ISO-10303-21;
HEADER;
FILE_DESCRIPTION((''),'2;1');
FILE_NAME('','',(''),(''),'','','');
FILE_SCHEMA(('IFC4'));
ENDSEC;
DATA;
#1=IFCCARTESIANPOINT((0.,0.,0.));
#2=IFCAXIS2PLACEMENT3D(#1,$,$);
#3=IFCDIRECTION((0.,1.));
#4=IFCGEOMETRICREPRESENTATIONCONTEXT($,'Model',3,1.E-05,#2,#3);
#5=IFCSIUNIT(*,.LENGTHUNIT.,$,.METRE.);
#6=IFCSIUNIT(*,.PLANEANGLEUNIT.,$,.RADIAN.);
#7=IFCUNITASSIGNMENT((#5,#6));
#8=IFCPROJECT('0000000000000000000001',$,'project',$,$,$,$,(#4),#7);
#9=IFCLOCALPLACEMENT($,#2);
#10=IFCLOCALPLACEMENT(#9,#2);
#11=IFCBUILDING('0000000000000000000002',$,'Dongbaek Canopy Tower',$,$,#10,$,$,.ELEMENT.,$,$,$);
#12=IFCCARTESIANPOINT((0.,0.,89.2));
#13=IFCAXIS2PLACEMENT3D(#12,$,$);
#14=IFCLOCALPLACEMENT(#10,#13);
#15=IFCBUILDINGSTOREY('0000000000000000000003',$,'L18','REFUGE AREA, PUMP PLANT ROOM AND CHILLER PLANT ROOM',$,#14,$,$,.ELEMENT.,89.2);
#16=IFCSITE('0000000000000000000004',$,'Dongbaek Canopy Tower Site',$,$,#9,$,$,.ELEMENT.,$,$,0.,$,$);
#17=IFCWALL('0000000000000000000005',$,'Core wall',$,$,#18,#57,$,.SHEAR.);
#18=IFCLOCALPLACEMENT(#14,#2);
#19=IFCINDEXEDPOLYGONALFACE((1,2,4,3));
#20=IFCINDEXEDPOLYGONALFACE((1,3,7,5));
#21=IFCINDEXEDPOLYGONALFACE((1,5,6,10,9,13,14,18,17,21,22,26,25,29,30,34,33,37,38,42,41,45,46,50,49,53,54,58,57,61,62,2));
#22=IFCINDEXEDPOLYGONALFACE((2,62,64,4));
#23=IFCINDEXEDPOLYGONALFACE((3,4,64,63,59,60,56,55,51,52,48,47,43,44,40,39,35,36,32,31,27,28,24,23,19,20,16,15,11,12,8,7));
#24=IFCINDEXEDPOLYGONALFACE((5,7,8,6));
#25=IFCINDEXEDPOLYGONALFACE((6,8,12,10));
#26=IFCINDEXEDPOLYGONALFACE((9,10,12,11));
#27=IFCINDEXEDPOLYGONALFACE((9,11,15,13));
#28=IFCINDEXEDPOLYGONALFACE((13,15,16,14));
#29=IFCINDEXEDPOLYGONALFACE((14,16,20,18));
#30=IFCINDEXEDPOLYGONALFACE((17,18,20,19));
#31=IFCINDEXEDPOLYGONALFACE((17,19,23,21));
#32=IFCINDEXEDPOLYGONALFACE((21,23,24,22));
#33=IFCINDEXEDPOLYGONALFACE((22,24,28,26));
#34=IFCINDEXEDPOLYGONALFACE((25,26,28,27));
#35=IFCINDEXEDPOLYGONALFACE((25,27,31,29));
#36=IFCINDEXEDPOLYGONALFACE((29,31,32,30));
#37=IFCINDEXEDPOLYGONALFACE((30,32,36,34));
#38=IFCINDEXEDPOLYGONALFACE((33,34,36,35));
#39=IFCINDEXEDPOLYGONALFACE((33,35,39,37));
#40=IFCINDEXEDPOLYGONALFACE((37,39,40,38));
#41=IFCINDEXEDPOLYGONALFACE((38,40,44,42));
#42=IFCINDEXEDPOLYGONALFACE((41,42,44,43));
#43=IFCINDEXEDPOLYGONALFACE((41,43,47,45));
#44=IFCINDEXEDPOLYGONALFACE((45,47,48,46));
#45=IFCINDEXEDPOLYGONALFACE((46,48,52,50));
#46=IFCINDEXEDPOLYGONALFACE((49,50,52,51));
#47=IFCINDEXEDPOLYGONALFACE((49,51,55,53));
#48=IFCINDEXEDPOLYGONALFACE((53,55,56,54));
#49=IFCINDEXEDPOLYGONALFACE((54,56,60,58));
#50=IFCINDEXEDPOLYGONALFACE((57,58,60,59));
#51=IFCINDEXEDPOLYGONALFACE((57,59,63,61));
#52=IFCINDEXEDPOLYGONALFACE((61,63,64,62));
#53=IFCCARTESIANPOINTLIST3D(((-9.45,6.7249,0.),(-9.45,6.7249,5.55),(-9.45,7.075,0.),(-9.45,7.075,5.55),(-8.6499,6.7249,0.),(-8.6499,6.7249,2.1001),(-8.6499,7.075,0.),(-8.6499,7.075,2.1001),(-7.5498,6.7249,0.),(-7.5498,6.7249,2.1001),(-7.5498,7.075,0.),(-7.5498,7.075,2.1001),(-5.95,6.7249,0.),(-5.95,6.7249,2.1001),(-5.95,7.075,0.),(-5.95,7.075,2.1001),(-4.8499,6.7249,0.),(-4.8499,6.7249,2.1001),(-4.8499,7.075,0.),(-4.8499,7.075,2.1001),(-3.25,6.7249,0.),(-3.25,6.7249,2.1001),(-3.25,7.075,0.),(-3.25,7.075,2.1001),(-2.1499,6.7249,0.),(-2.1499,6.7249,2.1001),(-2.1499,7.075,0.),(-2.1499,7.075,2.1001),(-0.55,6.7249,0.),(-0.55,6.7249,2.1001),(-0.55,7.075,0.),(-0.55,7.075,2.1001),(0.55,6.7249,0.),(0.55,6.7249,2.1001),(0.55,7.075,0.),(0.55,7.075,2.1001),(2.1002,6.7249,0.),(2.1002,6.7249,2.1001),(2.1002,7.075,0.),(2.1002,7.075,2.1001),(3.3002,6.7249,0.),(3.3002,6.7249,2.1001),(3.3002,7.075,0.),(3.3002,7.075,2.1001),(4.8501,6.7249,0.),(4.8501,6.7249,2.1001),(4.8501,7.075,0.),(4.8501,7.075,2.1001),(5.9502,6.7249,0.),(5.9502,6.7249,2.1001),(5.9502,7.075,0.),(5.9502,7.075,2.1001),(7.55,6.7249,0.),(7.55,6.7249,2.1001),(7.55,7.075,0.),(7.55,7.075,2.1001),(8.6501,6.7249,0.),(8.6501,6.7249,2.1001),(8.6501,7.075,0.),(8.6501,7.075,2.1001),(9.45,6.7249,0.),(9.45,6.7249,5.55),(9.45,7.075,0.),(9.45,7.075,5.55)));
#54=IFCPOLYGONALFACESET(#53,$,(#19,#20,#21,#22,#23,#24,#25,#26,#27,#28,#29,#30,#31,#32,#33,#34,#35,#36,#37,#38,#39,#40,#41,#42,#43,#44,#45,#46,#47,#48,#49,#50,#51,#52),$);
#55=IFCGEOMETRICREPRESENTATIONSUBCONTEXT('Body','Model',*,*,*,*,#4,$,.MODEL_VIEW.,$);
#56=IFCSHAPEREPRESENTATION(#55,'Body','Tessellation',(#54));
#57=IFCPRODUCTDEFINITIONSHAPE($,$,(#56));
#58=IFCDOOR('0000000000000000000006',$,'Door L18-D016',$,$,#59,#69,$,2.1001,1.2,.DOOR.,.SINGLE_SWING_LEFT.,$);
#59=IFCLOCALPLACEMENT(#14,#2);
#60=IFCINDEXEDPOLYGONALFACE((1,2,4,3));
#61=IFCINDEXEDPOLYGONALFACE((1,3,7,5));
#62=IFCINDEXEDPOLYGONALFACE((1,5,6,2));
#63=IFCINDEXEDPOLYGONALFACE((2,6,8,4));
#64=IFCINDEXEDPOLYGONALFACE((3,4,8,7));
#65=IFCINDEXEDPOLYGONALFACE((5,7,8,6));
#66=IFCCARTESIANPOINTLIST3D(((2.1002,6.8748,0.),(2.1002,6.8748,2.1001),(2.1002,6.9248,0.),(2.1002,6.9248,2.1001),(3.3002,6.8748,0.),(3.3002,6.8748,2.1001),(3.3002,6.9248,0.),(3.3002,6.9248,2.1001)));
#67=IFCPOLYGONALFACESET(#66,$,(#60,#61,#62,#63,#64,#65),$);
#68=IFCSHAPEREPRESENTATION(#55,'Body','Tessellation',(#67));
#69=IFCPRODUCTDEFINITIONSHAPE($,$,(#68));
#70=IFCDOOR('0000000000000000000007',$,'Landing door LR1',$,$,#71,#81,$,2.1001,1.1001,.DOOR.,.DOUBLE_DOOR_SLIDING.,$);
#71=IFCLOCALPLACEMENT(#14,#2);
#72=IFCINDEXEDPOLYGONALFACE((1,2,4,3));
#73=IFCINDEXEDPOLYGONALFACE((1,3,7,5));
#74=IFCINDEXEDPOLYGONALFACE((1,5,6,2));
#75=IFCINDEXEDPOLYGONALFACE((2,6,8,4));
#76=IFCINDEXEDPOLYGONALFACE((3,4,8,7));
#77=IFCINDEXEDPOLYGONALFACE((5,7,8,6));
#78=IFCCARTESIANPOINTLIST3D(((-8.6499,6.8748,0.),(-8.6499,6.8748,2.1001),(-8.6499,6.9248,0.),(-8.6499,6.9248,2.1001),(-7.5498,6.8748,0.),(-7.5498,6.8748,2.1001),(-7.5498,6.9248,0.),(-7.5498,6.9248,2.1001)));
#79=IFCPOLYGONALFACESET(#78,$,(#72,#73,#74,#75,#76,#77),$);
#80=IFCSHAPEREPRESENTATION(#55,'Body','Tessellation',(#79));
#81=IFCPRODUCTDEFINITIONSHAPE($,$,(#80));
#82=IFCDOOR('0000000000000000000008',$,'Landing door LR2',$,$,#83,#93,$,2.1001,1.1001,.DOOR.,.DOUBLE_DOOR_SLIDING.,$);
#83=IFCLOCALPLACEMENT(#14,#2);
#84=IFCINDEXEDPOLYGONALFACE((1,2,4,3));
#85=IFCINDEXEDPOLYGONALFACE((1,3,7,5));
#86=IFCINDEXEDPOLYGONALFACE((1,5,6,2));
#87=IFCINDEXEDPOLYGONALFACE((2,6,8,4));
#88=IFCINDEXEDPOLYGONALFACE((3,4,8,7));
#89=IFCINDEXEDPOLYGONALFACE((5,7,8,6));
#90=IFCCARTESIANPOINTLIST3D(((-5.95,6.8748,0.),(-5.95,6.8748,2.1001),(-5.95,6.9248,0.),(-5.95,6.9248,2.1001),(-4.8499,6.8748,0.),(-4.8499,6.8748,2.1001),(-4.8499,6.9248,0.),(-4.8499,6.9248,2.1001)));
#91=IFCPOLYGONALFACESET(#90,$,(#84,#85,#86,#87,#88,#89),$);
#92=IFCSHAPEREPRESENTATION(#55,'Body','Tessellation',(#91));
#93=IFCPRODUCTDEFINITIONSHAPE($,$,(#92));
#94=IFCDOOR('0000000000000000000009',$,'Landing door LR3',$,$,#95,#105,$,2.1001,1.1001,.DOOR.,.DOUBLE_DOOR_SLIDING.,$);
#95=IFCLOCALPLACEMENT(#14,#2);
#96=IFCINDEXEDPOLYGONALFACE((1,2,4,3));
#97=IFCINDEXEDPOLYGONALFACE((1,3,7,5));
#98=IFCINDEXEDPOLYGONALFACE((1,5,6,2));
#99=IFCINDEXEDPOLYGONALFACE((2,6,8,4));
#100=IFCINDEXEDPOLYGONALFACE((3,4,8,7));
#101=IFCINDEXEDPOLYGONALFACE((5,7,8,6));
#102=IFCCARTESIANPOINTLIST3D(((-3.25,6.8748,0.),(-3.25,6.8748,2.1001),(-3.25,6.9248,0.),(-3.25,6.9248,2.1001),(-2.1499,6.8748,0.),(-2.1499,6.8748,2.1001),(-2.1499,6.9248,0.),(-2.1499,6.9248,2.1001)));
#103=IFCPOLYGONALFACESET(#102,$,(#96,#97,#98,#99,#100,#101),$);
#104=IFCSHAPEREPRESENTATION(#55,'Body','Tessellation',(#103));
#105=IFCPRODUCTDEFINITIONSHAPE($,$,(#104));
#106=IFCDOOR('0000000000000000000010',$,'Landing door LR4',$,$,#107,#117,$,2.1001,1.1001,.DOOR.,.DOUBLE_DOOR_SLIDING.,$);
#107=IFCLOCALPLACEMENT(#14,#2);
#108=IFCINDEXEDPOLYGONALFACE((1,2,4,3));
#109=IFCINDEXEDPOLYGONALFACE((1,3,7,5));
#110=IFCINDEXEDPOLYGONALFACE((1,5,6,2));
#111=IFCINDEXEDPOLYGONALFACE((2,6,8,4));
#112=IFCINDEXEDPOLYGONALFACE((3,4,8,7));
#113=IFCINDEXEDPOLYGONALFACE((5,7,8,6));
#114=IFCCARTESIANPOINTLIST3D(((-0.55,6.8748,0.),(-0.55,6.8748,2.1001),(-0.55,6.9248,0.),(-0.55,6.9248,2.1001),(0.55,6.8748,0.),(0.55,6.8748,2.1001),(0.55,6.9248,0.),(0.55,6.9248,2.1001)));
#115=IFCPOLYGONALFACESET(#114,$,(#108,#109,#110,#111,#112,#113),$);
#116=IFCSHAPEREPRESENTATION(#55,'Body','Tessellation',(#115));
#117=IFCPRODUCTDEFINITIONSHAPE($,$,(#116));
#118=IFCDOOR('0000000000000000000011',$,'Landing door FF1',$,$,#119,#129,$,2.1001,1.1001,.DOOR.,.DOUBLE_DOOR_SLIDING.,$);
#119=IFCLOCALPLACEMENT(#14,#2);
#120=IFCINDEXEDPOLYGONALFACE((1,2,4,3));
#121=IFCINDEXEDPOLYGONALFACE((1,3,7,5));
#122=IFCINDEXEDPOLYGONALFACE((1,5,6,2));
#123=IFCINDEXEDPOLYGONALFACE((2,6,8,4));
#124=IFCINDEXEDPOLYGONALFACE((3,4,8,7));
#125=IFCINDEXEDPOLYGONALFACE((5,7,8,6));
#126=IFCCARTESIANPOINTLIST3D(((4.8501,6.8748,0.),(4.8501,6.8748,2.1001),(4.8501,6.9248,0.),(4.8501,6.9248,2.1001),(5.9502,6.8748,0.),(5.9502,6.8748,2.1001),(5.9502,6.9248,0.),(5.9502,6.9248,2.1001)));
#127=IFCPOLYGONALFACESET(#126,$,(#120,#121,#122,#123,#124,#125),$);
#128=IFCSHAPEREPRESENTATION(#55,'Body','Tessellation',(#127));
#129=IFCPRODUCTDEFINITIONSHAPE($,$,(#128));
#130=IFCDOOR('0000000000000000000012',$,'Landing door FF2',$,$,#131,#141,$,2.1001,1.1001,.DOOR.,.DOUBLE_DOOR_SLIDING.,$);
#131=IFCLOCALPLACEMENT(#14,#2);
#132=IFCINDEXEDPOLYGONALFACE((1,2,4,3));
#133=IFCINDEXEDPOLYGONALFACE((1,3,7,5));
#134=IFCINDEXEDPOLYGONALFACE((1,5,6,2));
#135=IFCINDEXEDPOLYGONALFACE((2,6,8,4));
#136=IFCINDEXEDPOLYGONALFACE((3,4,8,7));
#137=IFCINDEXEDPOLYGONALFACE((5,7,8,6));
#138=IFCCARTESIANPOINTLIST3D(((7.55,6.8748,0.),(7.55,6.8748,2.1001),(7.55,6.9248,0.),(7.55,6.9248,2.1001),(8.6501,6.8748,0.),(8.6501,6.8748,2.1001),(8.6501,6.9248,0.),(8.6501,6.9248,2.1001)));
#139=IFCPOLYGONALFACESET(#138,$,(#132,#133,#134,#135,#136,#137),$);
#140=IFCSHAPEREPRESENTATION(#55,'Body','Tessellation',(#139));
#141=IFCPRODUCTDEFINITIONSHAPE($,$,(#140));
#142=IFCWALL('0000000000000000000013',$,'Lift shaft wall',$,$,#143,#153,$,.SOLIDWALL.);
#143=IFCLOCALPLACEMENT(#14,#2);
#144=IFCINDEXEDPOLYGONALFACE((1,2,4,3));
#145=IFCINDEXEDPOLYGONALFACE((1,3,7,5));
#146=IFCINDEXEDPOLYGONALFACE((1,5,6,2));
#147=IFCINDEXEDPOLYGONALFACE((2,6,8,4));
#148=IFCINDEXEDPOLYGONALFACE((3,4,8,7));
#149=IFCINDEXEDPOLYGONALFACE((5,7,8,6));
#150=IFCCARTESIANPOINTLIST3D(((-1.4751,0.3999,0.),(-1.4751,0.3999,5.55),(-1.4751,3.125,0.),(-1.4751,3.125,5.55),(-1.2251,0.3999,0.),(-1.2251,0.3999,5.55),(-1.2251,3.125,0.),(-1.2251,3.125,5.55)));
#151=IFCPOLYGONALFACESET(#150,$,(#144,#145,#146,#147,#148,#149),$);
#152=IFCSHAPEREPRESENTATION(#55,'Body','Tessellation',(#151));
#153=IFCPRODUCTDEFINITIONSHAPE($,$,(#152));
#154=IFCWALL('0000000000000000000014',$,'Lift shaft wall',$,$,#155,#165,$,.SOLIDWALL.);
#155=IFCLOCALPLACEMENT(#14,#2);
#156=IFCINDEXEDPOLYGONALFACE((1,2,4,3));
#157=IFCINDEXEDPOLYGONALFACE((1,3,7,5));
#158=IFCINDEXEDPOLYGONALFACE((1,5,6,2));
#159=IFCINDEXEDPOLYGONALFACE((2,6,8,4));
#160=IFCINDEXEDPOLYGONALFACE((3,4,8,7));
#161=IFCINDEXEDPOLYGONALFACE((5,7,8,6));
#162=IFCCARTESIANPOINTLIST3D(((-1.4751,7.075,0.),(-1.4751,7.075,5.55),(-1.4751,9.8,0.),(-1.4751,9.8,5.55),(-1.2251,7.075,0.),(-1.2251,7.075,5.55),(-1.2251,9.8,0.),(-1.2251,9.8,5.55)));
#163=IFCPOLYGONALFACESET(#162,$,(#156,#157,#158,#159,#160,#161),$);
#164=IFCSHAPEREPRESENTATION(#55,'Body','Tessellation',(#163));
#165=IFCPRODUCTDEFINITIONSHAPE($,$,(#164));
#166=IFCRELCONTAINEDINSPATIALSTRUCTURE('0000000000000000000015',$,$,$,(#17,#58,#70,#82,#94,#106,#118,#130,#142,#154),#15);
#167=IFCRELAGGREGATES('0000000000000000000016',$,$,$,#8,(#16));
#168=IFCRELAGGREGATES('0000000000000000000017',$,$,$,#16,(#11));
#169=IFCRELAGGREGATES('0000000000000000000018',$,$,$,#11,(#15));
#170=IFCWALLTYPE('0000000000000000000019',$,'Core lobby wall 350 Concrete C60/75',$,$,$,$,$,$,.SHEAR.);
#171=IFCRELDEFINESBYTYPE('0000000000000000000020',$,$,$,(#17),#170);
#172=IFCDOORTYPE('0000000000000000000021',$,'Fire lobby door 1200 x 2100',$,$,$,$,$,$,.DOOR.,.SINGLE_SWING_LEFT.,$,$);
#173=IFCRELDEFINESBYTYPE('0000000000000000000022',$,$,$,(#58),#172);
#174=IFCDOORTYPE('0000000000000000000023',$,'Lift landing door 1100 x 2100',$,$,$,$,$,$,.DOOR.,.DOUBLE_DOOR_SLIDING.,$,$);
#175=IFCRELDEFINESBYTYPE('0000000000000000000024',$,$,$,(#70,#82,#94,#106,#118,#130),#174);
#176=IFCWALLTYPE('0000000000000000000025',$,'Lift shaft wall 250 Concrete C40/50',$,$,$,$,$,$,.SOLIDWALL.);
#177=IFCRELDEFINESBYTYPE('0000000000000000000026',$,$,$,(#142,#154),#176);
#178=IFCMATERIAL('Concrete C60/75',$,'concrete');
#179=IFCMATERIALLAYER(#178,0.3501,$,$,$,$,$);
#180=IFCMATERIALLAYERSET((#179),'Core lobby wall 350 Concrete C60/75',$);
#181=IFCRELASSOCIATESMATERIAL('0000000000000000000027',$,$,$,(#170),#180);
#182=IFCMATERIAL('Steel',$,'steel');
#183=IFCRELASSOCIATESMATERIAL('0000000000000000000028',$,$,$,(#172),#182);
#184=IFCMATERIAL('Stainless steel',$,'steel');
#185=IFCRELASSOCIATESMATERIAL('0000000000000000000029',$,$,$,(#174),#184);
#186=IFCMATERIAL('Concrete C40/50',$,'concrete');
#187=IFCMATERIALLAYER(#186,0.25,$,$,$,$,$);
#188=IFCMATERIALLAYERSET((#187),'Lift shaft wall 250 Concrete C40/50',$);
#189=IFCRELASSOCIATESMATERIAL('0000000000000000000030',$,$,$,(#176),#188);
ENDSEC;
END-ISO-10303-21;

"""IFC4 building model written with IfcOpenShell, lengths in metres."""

from ifc_helpers import new_model, si_unit, direction, frame, frame_2d, origin, place, context, subcontext, project, spatial, rectangle, extrude, material, layer, layer_set, type_object, element, fill, save


model = new_model("IFC4")

# Units and contexts
model_context = context("Model", 3, precision=1e-05, world=origin(), true_north=direction((0.0, 1.0)))
body_context = subcontext(model_context, "Body", "Model", "MODEL_VIEW")
ifc_project = project(units=[si_unit("LENGTHUNIT", "METRE"), si_unit("PLANEANGLEUNIT", "RADIAN")], contexts=[model_context])

# Site, building, storey
site_placement = place(None, origin())
site = spatial("IfcSite", under=ifc_project, at=site_placement, Name="Dongbaek Canopy Tower Site", CompositionType="ELEMENT", RefElevation=0.0)
building_placement = place(site_placement, origin())
building = spatial("IfcBuilding", under=site, at=building_placement, Name="Dongbaek Canopy Tower", CompositionType="ELEMENT")
storey_placement = place(building_placement, frame((0.0, 0.0, 89.2)))
storey = spatial("IfcBuildingStorey", under=building, at=storey_placement, Name="L18", Description="REFUGE AREA, PUMP PLANT ROOM AND CHILLER PLANT ROOM", CompositionType="ELEMENT", Elevation=89.2)

# Wall, openings, doors
ifc_material_1 = material(Name="Concrete C60/75", Category="concrete")
ifc_layer_1 = layer(ifc_material_1, 0.3501)
ifc_layer_set_1 = layer_set([ifc_layer_1], Name="Core lobby wall 350 Concrete C60/75")
wall_type_1 = type_object("IfcWallType", Name="Core lobby wall 350 Concrete C60/75", PredefinedType="SHEAR", material=ifc_layer_set_1)
wall_1_placement = place(storey_placement, frame((-9.45, 6.8999, 0.0), z_axis=(0.0, 0.0, 1.0), x_axis=(1.0, 0.0, 0.0)))
wall_1 = element("IfcWall", 1, at=wall_1_placement, inside=storey, type_object=wall_type_1, Name="Core wall", PredefinedType="SHEAR", context=body_context, shape_type="SweptSolid", body=[
    extrude(rectangle(XDim=18.8999, YDim=0.3501, at=frame_2d((9.45, 0.0))), origin(), (0.0, 0.0, 1.0), 5.55),
])
opening_1_placement = place(wall_1_placement, frame((0.8, 0.0, 0.0)))
opening_1 = element("IfcOpeningElement", 2, at=opening_1_placement, cuts=wall_1, PredefinedType="OPENING", context=body_context, shape_type="SweptSolid", body=[
    extrude(rectangle(XDim=1.1001, YDim=2.1001, at=frame_2d((0.55, 1.05))), frame((0.0, 0.1851, 0.0), z_axis=(0.0, -1.0, 0.0), x_axis=(1.0, 0.0, 0.0)), (0.0, 0.0, 1.0), 0.3701),
])
opening_2_placement = place(wall_1_placement, frame((3.5, 0.0, 0.0)))
opening_2 = element("IfcOpeningElement", 3, at=opening_2_placement, cuts=wall_1, PredefinedType="OPENING", context=body_context, shape_type="SweptSolid", body=[
    extrude(rectangle(XDim=1.1001, YDim=2.1001, at=frame_2d((0.55, 1.05))), frame((0.0, 0.1851, 0.0), z_axis=(0.0, -1.0, 0.0), x_axis=(1.0, 0.0, 0.0)), (0.0, 0.0, 1.0), 0.3701),
])
opening_3_placement = place(wall_1_placement, frame((6.2, 0.0, 0.0)))
opening_3 = element("IfcOpeningElement", 4, at=opening_3_placement, cuts=wall_1, PredefinedType="OPENING", context=body_context, shape_type="SweptSolid", body=[
    extrude(rectangle(XDim=1.1001, YDim=2.1001, at=frame_2d((0.55, 1.05))), frame((0.0, 0.1851, 0.0), z_axis=(0.0, -1.0, 0.0), x_axis=(1.0, 0.0, 0.0)), (0.0, 0.0, 1.0), 0.3701),
])
opening_4_placement = place(wall_1_placement, frame((8.8999, 0.0, 0.0)))
opening_4 = element("IfcOpeningElement", 5, at=opening_4_placement, cuts=wall_1, PredefinedType="OPENING", context=body_context, shape_type="SweptSolid", body=[
    extrude(rectangle(XDim=1.1001, YDim=2.1001, at=frame_2d((0.55, 1.05))), frame((0.0, 0.1851, 0.0), z_axis=(0.0, -1.0, 0.0), x_axis=(1.0, 0.0, 0.0)), (0.0, 0.0, 1.0), 0.3701),
])
opening_5_placement = place(wall_1_placement, frame((11.55, 0.0, 0.0)))
opening_5 = element("IfcOpeningElement", 6, at=opening_5_placement, cuts=wall_1, PredefinedType="OPENING", context=body_context, shape_type="SweptSolid", body=[
    extrude(rectangle(XDim=1.2, YDim=2.1001, at=frame_2d((0.6001, 1.05))), frame((0.0, 0.1851, 0.0), z_axis=(0.0, -1.0, 0.0), x_axis=(1.0, 0.0, 0.0)), (0.0, 0.0, 1.0), 0.3701),
])
opening_6_placement = place(wall_1_placement, frame((14.3, 0.0, 0.0)))
opening_6 = element("IfcOpeningElement", 7, at=opening_6_placement, cuts=wall_1, PredefinedType="OPENING", context=body_context, shape_type="SweptSolid", body=[
    extrude(rectangle(XDim=1.1001, YDim=2.1001, at=frame_2d((0.55, 1.05))), frame((0.0, 0.1851, 0.0), z_axis=(0.0, -1.0, 0.0), x_axis=(1.0, 0.0, 0.0)), (0.0, 0.0, 1.0), 0.3701),
])
opening_7_placement = place(wall_1_placement, frame((17.0, 0.0, 0.0)))
opening_7 = element("IfcOpeningElement", 8, at=opening_7_placement, cuts=wall_1, PredefinedType="OPENING", context=body_context, shape_type="SweptSolid", body=[
    extrude(rectangle(XDim=1.1001, YDim=2.1001, at=frame_2d((0.55, 1.05))), frame((0.0, 0.1851, 0.0), z_axis=(0.0, -1.0, 0.0), x_axis=(1.0, 0.0, 0.0)), (0.0, 0.0, 1.0), 0.3701),
])
ifc_material_2 = material(Name="Steel", Category="steel")
door_type_1 = type_object("IfcDoorType", Name="Fire lobby door 1200 x 2100", OperationType="SINGLE_SWING_LEFT", PredefinedType="DOOR", material=ifc_material_2)
door_1_placement = place(opening_5_placement, origin())
door_1 = element("IfcDoor", 9, at=door_1_placement, inside=storey, type_object=door_type_1, Name="Door L18-D016", OperationType="SINGLE_SWING_LEFT", OverallHeight=2.1001, OverallWidth=1.2, PredefinedType="DOOR", context=body_context, shape_type="SweptSolid", body=[
    extrude(rectangle(XDim=1.2, YDim=2.1001, at=frame_2d((0.6001, 1.05))), frame((0.0, 0.0249, 0.0), z_axis=(0.0, -1.0, 0.0), x_axis=(1.0, 0.0, 0.0)), (0.0, 0.0, 1.0), 0.05),
])
fill(opening_5, door_1)
ifc_material_3 = material(Name="Stainless steel", Category="steel")
door_type_2 = type_object("IfcDoorType", Name="Lift landing door 1100 x 2100", OperationType="DOUBLE_DOOR_SLIDING", PredefinedType="DOOR", material=ifc_material_3)
door_2_placement = place(opening_1_placement, origin())
door_2 = element("IfcDoor", 10, at=door_2_placement, inside=storey, type_object=door_type_2, Name="Landing door LR1", OperationType="DOUBLE_DOOR_SLIDING", OverallHeight=2.1001, OverallWidth=1.1001, PredefinedType="DOOR", context=body_context, shape_type="SweptSolid", body=[
    extrude(rectangle(XDim=1.1001, YDim=2.1001, at=frame_2d((0.55, 1.05))), frame((0.0, 0.0249, 0.0), z_axis=(0.0, -1.0, 0.0), x_axis=(1.0, 0.0, 0.0)), (0.0, 0.0, 1.0), 0.05),
])
fill(opening_1, door_2)
door_3_placement = place(opening_2_placement, origin())
door_3 = element("IfcDoor", 11, at=door_3_placement, inside=storey, type_object=door_type_2, Name="Landing door LR2", OperationType="DOUBLE_DOOR_SLIDING", OverallHeight=2.1001, OverallWidth=1.1001, PredefinedType="DOOR", context=body_context, shape_type="SweptSolid", body=[
    extrude(rectangle(XDim=1.1001, YDim=2.1001, at=frame_2d((0.55, 1.05))), frame((0.0, 0.0249, 0.0), z_axis=(0.0, -1.0, 0.0), x_axis=(1.0, 0.0, 0.0)), (0.0, 0.0, 1.0), 0.05),
])
fill(opening_2, door_3)
door_4_placement = place(opening_3_placement, origin())
door_4 = element("IfcDoor", 12, at=door_4_placement, inside=storey, type_object=door_type_2, Name="Landing door LR3", OperationType="DOUBLE_DOOR_SLIDING", OverallHeight=2.1001, OverallWidth=1.1001, PredefinedType="DOOR", context=body_context, shape_type="SweptSolid", body=[
    extrude(rectangle(XDim=1.1001, YDim=2.1001, at=frame_2d((0.55, 1.05))), frame((0.0, 0.0249, 0.0), z_axis=(0.0, -1.0, 0.0), x_axis=(1.0, 0.0, 0.0)), (0.0, 0.0, 1.0), 0.05),
])
fill(opening_3, door_4)
door_5_placement = place(opening_4_placement, origin())
door_5 = element("IfcDoor", 13, at=door_5_placement, inside=storey, type_object=door_type_2, Name="Landing door LR4", OperationType="DOUBLE_DOOR_SLIDING", OverallHeight=2.1001, OverallWidth=1.1001, PredefinedType="DOOR", context=body_context, shape_type="SweptSolid", body=[
    extrude(rectangle(XDim=1.1001, YDim=2.1001, at=frame_2d((0.55, 1.05))), frame((0.0, 0.0249, 0.0), z_axis=(0.0, -1.0, 0.0), x_axis=(1.0, 0.0, 0.0)), (0.0, 0.0, 1.0), 0.05),
])
fill(opening_4, door_5)
door_6_placement = place(opening_6_placement, origin())
door_6 = element("IfcDoor", 14, at=door_6_placement, inside=storey, type_object=door_type_2, Name="Landing door FF1", OperationType="DOUBLE_DOOR_SLIDING", OverallHeight=2.1001, OverallWidth=1.1001, PredefinedType="DOOR", context=body_context, shape_type="SweptSolid", body=[
    extrude(rectangle(XDim=1.1001, YDim=2.1001, at=frame_2d((0.55, 1.05))), frame((0.0, 0.0249, 0.0), z_axis=(0.0, -1.0, 0.0), x_axis=(1.0, 0.0, 0.0)), (0.0, 0.0, 1.0), 0.05),
])
fill(opening_6, door_6)
door_7_placement = place(opening_7_placement, origin())
door_7 = element("IfcDoor", 15, at=door_7_placement, inside=storey, type_object=door_type_2, Name="Landing door FF2", OperationType="DOUBLE_DOOR_SLIDING", OverallHeight=2.1001, OverallWidth=1.1001, PredefinedType="DOOR", context=body_context, shape_type="SweptSolid", body=[
    extrude(rectangle(XDim=1.1001, YDim=2.1001, at=frame_2d((0.55, 1.05))), frame((0.0, 0.0249, 0.0), z_axis=(0.0, -1.0, 0.0), x_axis=(1.0, 0.0, 0.0)), (0.0, 0.0, 1.0), 0.05),
])
fill(opening_7, door_7)

# Walls
ifc_material_4 = material(Name="Concrete C40/50", Category="concrete")
ifc_layer_2 = layer(ifc_material_4, 0.25)
ifc_layer_set_2 = layer_set([ifc_layer_2], Name="Lift shaft wall 250 Concrete C40/50")
wall_type_2 = type_object("IfcWallType", Name="Lift shaft wall 250 Concrete C40/50", PredefinedType="SOLIDWALL", material=ifc_layer_set_2)
for number, where, z_axis, x_axis, name in (
    (16, (-1.3501, 0.3999, 0.0), (0.0, 0.0, 1.0), (0.0, 1.0, 0.0), "Lift shaft wall"),
    (17, (-1.3501, 7.075, 0.0), (0.0, 0.0, 1.0), (0.0, 1.0, 0.0), "Lift shaft wall"),
):
    element("IfcWall", number, at=place(storey_placement, frame(where, z_axis=z_axis, x_axis=x_axis)), inside=storey, type_object=wall_type_2, Name=name, PredefinedType="SOLIDWALL", context=body_context, shape_type="SweptSolid", body=[
        extrude(rectangle(XDim=2.7251, YDim=0.25, at=frame_2d((1.3625, 0.0))), origin(), (0.0, 0.0, 1.0), 5.55),
    ])

save(model, "model.ifc")
